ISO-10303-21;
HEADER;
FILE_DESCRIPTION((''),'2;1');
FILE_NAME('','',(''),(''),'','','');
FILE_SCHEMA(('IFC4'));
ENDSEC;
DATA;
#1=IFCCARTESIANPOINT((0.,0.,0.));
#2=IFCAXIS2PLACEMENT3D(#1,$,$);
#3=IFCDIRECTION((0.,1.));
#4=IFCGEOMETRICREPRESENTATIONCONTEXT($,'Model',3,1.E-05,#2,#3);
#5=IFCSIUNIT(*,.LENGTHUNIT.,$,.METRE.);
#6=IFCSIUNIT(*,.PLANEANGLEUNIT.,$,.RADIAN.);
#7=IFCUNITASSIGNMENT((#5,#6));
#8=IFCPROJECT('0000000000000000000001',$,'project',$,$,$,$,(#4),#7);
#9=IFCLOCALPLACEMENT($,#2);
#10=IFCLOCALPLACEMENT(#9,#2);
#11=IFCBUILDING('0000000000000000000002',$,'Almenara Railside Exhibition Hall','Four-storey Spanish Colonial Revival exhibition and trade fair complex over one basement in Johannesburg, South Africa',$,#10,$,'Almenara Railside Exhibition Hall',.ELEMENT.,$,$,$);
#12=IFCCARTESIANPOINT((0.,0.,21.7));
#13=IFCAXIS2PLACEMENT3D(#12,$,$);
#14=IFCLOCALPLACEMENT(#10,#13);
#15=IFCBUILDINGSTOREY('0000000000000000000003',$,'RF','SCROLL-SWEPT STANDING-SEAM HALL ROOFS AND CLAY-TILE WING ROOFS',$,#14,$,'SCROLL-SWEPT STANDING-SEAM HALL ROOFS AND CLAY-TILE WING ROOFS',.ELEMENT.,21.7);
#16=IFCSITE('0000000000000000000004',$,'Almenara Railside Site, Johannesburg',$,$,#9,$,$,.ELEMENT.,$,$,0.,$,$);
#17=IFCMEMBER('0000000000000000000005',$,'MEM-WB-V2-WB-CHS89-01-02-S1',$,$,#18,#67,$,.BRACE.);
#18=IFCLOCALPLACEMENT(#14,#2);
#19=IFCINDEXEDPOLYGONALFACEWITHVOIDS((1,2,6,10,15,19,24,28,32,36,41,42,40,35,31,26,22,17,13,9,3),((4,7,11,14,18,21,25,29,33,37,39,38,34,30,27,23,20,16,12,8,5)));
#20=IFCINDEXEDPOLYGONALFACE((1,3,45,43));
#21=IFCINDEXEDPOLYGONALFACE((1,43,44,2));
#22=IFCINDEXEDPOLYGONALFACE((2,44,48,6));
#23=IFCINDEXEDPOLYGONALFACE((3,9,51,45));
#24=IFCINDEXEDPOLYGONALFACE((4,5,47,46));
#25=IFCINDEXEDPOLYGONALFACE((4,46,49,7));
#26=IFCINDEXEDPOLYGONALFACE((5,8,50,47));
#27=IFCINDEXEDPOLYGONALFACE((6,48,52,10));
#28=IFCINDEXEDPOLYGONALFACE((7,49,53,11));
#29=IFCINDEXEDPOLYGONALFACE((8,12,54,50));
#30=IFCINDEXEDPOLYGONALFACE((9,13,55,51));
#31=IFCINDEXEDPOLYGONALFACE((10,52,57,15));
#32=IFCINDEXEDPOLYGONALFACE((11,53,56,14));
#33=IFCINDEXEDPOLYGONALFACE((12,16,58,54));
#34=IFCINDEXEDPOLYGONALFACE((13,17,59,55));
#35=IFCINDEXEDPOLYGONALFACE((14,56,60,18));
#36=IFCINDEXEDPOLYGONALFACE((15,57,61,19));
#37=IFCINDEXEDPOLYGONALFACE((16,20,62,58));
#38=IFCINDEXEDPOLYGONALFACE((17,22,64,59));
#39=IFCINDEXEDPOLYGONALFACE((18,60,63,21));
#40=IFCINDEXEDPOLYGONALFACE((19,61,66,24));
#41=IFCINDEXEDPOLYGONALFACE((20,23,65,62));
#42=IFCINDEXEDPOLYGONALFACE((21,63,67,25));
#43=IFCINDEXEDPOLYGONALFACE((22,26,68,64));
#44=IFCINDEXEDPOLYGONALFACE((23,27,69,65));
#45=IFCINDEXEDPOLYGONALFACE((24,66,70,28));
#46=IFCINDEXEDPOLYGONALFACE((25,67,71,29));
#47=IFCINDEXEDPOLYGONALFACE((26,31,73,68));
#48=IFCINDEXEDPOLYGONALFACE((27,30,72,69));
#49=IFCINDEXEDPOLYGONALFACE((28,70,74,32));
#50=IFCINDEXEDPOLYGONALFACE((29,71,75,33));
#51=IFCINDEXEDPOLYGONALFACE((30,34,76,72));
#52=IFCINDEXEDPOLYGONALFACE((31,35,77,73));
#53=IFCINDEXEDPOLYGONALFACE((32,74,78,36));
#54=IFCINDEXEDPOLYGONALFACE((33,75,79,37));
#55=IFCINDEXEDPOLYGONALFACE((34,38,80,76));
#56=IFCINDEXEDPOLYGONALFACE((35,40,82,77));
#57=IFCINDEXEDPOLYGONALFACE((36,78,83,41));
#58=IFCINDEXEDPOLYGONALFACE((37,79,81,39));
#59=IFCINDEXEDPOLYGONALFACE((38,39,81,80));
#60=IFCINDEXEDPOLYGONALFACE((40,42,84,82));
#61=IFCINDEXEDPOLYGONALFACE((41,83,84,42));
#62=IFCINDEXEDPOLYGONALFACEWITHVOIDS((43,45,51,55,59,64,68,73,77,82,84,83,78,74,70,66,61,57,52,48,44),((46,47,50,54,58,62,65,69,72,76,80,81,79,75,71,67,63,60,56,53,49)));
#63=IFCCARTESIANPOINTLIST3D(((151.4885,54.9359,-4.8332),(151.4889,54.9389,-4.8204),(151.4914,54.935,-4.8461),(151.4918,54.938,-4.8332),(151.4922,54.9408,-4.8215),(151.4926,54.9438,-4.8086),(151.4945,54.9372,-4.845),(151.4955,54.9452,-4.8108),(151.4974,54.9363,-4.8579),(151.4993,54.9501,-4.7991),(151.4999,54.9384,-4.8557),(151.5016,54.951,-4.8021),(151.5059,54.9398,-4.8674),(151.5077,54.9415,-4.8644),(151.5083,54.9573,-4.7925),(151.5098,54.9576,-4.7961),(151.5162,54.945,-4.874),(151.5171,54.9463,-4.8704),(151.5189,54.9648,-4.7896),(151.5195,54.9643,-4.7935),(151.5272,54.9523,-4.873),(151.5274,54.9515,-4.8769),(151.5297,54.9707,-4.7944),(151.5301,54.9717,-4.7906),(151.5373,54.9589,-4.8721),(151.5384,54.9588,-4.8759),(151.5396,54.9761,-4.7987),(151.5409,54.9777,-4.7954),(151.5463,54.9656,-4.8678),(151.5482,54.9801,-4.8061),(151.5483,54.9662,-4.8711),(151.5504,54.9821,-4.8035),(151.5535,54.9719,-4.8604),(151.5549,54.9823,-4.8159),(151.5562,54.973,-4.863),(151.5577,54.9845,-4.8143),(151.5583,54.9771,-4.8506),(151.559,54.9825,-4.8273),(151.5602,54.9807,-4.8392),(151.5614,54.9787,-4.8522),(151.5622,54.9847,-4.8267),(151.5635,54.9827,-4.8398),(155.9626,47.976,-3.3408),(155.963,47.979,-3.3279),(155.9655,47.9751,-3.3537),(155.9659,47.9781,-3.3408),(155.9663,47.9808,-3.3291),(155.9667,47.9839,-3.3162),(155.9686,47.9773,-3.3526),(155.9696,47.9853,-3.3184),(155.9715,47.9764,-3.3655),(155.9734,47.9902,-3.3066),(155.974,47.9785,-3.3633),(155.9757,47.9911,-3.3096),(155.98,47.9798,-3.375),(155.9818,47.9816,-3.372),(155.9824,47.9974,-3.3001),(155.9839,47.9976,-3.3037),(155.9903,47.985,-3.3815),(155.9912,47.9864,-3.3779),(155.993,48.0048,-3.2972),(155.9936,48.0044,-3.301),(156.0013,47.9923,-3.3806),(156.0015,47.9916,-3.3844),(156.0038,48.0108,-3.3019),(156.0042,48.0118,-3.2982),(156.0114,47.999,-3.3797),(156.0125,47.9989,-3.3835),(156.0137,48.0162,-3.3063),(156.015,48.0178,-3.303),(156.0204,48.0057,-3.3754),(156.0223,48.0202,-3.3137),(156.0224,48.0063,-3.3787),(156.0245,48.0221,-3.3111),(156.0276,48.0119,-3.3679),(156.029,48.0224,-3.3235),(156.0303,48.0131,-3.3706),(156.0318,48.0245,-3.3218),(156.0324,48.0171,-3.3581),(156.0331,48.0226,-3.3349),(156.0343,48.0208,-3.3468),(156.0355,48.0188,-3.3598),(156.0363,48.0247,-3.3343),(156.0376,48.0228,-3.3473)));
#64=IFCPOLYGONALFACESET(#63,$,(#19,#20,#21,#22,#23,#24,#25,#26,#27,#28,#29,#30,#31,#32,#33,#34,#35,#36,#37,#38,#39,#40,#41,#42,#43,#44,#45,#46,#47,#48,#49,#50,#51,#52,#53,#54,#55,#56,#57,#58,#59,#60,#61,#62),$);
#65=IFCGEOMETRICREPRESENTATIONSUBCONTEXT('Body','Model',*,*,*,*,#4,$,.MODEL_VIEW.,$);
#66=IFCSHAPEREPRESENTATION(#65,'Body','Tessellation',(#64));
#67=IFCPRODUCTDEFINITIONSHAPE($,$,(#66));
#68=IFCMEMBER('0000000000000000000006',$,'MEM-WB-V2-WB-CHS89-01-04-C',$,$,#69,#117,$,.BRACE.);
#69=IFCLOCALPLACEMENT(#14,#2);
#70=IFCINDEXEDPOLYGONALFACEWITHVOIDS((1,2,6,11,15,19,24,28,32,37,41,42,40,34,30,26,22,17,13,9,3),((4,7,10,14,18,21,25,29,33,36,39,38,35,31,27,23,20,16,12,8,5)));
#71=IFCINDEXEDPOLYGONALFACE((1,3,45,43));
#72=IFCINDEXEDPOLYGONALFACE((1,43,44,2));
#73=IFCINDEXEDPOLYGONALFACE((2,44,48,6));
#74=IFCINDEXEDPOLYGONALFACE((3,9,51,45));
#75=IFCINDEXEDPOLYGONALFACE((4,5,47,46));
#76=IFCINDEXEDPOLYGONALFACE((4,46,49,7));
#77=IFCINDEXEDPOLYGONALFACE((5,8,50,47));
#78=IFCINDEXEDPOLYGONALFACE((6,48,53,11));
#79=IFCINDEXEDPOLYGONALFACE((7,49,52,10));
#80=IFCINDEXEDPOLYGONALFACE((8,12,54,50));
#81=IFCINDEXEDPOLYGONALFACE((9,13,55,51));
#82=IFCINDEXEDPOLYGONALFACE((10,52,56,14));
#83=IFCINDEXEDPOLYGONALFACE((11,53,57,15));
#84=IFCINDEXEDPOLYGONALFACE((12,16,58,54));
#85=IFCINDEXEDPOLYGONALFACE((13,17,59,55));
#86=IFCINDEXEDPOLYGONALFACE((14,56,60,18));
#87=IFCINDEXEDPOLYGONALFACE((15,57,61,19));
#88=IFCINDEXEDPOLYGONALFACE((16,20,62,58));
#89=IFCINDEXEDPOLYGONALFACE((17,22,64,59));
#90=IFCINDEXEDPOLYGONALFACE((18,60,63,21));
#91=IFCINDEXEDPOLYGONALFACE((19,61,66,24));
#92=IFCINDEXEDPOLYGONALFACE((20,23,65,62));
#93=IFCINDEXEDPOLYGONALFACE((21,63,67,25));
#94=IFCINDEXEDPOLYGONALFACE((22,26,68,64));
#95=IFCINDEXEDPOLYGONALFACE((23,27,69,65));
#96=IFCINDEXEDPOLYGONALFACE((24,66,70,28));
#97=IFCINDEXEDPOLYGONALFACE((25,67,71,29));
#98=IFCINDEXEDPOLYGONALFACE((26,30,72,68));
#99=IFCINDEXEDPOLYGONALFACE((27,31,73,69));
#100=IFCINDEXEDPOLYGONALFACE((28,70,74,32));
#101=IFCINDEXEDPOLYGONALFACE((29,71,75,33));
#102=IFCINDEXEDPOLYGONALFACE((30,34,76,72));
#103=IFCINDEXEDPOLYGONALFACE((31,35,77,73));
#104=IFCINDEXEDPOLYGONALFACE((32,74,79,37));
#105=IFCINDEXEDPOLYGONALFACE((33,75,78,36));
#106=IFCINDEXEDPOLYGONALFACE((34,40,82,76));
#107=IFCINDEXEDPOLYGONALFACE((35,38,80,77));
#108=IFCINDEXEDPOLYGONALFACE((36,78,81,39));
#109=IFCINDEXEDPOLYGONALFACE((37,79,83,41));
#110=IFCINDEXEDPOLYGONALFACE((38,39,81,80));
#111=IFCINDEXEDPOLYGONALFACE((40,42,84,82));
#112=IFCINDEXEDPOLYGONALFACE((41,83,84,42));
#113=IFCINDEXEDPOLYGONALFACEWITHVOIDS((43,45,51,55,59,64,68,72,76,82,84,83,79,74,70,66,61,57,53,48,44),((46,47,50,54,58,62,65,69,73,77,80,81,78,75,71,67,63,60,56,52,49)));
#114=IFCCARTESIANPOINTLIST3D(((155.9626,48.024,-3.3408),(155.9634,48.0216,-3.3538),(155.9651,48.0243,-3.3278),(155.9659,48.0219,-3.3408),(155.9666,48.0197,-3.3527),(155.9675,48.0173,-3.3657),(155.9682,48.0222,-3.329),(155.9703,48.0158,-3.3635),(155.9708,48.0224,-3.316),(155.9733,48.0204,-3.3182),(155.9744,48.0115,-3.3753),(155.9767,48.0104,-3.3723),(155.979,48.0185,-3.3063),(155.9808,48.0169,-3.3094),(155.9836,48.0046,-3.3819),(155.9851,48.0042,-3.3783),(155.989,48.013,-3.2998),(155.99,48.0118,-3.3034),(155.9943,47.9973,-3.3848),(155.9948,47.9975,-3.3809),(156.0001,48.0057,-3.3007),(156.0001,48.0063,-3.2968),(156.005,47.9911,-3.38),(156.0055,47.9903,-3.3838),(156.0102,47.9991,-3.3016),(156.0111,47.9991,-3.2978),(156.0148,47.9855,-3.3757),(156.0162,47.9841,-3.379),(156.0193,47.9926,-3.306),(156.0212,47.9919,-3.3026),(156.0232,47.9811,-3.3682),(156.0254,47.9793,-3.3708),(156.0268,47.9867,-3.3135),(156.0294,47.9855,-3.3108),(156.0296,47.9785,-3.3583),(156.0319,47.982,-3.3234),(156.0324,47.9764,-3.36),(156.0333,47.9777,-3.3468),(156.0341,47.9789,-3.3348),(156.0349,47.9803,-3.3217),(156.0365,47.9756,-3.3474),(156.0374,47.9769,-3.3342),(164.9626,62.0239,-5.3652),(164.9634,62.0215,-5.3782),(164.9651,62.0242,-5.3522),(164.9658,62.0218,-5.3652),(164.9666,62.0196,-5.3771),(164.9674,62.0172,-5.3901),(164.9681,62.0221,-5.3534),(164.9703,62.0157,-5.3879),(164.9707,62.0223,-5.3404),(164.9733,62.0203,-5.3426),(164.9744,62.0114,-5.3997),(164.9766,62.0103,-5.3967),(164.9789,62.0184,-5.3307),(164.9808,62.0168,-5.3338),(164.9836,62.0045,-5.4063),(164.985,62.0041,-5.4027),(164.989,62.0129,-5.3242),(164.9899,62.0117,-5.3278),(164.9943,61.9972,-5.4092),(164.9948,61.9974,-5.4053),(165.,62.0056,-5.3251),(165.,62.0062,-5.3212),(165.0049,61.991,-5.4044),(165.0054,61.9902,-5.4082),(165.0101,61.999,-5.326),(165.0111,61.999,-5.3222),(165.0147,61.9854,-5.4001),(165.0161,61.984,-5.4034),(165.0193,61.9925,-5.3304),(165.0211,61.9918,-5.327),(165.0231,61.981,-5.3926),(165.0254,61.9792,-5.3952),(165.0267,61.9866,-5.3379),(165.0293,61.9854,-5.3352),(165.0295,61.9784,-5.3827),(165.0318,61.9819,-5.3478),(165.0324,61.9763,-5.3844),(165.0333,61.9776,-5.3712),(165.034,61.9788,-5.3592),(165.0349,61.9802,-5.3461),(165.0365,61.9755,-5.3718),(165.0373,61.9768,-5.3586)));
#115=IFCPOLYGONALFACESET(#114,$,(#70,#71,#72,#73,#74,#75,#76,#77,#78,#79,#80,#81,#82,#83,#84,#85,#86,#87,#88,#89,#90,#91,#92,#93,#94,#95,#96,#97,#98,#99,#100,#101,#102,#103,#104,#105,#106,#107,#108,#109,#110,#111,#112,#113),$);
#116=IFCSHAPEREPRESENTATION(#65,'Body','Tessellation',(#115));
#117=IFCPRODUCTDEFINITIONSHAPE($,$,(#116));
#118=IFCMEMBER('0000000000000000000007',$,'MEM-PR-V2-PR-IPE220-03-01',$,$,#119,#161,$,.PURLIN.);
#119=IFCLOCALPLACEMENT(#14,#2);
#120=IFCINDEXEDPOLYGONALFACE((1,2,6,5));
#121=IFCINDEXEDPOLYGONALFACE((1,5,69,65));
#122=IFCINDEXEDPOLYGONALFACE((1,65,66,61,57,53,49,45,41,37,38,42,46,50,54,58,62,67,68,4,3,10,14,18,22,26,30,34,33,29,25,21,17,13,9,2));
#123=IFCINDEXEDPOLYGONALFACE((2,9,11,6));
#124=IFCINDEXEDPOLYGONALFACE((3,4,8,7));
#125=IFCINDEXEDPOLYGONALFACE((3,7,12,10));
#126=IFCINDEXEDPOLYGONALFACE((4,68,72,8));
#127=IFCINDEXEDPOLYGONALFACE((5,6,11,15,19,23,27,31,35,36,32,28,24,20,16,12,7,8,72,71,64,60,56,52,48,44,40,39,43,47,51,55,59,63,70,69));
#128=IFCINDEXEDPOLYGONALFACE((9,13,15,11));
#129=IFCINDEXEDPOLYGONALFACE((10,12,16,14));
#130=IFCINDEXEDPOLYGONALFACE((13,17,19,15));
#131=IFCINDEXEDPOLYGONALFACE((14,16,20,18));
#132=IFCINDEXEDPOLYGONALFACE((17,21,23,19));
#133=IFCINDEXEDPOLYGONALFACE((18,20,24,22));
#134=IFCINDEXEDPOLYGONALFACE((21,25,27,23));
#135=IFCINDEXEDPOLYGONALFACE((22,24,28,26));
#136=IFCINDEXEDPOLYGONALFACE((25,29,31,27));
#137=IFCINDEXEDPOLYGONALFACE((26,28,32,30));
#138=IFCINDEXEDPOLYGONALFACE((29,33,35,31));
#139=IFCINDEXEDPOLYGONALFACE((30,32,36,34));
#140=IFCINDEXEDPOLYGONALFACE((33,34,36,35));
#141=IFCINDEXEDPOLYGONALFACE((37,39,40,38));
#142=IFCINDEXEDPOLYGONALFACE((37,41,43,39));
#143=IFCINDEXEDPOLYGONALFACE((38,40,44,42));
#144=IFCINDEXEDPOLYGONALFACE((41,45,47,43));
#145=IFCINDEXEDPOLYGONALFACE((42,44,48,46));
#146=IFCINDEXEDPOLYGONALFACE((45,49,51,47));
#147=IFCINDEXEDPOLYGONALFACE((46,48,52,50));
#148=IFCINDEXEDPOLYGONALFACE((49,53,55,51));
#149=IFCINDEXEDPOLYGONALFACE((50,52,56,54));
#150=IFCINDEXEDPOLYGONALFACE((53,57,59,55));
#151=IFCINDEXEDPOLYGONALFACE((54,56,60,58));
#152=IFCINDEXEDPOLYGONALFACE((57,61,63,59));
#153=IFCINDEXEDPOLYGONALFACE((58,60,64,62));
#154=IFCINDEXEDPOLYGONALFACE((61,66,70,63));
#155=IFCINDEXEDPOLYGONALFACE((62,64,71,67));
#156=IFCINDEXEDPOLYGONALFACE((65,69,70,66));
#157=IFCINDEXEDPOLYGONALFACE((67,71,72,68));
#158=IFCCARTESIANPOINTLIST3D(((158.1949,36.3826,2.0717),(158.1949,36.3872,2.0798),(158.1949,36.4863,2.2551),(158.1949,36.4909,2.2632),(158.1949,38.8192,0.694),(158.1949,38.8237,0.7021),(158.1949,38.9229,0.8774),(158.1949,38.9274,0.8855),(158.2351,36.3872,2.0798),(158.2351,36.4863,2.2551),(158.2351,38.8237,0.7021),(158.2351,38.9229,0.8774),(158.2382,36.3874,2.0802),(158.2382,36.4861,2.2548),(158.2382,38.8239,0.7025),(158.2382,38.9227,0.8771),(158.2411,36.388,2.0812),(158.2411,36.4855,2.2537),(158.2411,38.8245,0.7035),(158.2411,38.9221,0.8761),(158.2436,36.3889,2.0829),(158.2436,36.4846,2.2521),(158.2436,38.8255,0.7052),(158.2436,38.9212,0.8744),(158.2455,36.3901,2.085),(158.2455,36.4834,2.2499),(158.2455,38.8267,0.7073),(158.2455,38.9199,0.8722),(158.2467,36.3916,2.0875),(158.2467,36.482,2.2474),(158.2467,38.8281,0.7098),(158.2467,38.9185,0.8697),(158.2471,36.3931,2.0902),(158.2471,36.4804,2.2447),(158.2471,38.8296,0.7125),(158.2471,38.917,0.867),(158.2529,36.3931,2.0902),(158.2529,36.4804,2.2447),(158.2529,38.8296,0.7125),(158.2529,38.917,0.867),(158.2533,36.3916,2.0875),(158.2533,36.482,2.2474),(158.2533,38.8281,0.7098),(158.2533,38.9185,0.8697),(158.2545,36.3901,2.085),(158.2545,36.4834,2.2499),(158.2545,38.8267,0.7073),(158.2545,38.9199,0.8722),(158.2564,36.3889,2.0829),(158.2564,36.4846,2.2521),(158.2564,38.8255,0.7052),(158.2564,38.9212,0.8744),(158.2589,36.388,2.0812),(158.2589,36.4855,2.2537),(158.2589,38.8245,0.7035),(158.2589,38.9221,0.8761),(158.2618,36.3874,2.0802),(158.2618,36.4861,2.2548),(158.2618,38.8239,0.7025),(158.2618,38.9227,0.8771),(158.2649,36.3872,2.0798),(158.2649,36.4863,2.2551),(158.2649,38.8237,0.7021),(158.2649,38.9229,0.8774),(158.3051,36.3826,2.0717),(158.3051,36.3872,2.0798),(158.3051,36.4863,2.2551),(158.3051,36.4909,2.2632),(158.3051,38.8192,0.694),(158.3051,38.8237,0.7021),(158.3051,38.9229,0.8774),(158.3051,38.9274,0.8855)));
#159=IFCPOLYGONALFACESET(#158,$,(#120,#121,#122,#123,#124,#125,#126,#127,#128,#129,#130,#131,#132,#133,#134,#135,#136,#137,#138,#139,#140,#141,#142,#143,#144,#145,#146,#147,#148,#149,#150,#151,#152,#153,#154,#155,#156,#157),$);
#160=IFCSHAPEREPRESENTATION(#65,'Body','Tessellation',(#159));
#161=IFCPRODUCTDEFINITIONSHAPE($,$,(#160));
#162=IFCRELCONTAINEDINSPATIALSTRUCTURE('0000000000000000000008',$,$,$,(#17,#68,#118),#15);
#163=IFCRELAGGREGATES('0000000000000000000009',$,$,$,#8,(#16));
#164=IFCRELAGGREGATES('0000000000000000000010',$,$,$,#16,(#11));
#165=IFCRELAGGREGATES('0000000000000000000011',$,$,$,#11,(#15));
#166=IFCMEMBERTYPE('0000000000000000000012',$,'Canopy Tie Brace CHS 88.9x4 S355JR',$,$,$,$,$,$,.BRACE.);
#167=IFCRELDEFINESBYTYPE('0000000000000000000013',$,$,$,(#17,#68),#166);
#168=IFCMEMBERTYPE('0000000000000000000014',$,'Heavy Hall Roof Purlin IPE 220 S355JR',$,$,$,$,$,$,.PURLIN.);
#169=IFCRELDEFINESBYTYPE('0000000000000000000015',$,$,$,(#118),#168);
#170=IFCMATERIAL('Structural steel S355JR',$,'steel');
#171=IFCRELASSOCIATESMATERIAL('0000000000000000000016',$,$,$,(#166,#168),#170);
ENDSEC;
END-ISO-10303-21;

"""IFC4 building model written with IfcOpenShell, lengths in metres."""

from ifc_helpers import new_model, si_unit, direction, frame, origin, origin_2d, place, context, subcontext, project, spatial, hollow_circle, i_section, extrude, material, material_profile, profile_set, type_object, element, save


model = new_model("IFC4")

# Units and contexts
model_context = context("Model", 3, precision=1e-05, world=origin(), true_north=direction((0.0, 1.0)))
body_context = subcontext(model_context, "Body", "Model", "MODEL_VIEW")
ifc_project = project(units=[si_unit("LENGTHUNIT", "METRE"), si_unit("PLANEANGLEUNIT", "RADIAN")], contexts=[model_context])

# Site, building, storey
site_placement = place(None, origin())
site = spatial("IfcSite", under=ifc_project, at=site_placement, Name="Almenara Railside Site, Johannesburg", CompositionType="ELEMENT", RefElevation=0.0)
building_placement = place(site_placement, origin())
building = spatial("IfcBuilding", under=site, at=building_placement, Name="Almenara Railside Exhibition Hall", Description="Four-storey Spanish Colonial Revival exhibition and trade fair complex over one basement in Johannesburg, South Africa", LongName="Almenara Railside Exhibition Hall", CompositionType="ELEMENT")
storey_placement = place(building_placement, frame((0.0, 0.0, 21.7)))
storey = spatial("IfcBuildingStorey", under=building, at=storey_placement, Name="RF", Description="SCROLL-SWEPT STANDING-SEAM HALL ROOFS AND CLAY-TILE WING ROOFS", LongName="SCROLL-SWEPT STANDING-SEAM HALL ROOFS AND CLAY-TILE WING ROOFS", CompositionType="ELEMENT", Elevation=21.7)

# Members
ifc_material_1 = material(Name="Structural steel S355JR", Category="steel")
ifc_material_profile_1 = material_profile(ifc_material_1, hollow_circle(Radius=0.0444, WallThickness=0.0039, at=origin_2d()), Name="CHS 88.9x4")
ifc_profile_set_1 = profile_set([ifc_material_profile_1], Name="Structural steel S355JR")
member_type_1 = type_object("IfcMemberType", Name="Canopy Tie Brace CHS 88.9x4 S355JR", PredefinedType="BRACE", material=ifc_profile_set_1)
member_1_placement = place(storey_placement, frame((156.0, 48.0, -3.3408), z_axis=(-0.532158, 0.827827, -0.177512), x_axis=(-0.841186, -0.540746, 0.0)))
element("IfcMember", 1, at=member_1_placement, inside=storey, type_object=member_type_1, Name="MEM-WB-V2-WB-CHS89-01-02-S1", PredefinedType="BRACE", context=body_context, shape_type="SweptSolid", body=[
    extrude(hollow_circle(Radius=0.0444, WallThickness=0.0039, at=origin_2d()), origin(), (0.0, 0.0, 1.0), 8.4075),
])
member_2_placement = place(storey_placement, frame((156.0, 48.0, -3.3408), z_axis=(0.536801, 0.835024, -0.120745), x_axis=(-0.841178, 0.540758, 0.0)))
element("IfcMember", 2, at=member_2_placement, inside=storey, type_object=member_type_1, Name="MEM-WB-V2-WB-CHS89-01-04-C", PredefinedType="BRACE", context=body_context, shape_type="SweptSolid", body=[
    extrude(hollow_circle(Radius=0.0444, WallThickness=0.0039, at=origin_2d()), origin(), (0.0, 0.0, 1.0), 16.7659),
])
ifc_material_profile_2 = material_profile(ifc_material_1, i_section(OverallWidth=0.1101, OverallDepth=0.22, WebThickness=0.0059, FlangeThickness=0.0093, FilletRadius=0.012, at=origin_2d()), Name="IPE 220")
ifc_profile_set_2 = profile_set([ifc_material_profile_2], Name="Structural steel S355JR")
member_type_2 = type_object("IfcMemberType", Name="Heavy Hall Roof Purlin IPE 220 S355JR", PredefinedType="PURLIN", material=ifc_profile_set_2)
member_3_placement = place(storey_placement, frame((158.25, 36.4368, 2.1675), z_axis=(0.0, 0.870483, -0.492198), x_axis=(-1.0, 0.0, 0.0)))
element("IfcMember", 3, at=member_3_placement, inside=storey, type_object=member_type_2, Name="MEM-PR-V2-PR-IPE220-03-01", PredefinedType="PURLIN", context=body_context, shape_type="SweptSolid", body=[
    extrude(i_section(OverallWidth=0.1101, OverallDepth=0.22, WebThickness=0.0059, FlangeThickness=0.0093, FilletRadius=0.012, at=origin_2d()), origin(), (0.0, 0.0, 1.0), 2.7991),
])

save(model, "model.ifc")
